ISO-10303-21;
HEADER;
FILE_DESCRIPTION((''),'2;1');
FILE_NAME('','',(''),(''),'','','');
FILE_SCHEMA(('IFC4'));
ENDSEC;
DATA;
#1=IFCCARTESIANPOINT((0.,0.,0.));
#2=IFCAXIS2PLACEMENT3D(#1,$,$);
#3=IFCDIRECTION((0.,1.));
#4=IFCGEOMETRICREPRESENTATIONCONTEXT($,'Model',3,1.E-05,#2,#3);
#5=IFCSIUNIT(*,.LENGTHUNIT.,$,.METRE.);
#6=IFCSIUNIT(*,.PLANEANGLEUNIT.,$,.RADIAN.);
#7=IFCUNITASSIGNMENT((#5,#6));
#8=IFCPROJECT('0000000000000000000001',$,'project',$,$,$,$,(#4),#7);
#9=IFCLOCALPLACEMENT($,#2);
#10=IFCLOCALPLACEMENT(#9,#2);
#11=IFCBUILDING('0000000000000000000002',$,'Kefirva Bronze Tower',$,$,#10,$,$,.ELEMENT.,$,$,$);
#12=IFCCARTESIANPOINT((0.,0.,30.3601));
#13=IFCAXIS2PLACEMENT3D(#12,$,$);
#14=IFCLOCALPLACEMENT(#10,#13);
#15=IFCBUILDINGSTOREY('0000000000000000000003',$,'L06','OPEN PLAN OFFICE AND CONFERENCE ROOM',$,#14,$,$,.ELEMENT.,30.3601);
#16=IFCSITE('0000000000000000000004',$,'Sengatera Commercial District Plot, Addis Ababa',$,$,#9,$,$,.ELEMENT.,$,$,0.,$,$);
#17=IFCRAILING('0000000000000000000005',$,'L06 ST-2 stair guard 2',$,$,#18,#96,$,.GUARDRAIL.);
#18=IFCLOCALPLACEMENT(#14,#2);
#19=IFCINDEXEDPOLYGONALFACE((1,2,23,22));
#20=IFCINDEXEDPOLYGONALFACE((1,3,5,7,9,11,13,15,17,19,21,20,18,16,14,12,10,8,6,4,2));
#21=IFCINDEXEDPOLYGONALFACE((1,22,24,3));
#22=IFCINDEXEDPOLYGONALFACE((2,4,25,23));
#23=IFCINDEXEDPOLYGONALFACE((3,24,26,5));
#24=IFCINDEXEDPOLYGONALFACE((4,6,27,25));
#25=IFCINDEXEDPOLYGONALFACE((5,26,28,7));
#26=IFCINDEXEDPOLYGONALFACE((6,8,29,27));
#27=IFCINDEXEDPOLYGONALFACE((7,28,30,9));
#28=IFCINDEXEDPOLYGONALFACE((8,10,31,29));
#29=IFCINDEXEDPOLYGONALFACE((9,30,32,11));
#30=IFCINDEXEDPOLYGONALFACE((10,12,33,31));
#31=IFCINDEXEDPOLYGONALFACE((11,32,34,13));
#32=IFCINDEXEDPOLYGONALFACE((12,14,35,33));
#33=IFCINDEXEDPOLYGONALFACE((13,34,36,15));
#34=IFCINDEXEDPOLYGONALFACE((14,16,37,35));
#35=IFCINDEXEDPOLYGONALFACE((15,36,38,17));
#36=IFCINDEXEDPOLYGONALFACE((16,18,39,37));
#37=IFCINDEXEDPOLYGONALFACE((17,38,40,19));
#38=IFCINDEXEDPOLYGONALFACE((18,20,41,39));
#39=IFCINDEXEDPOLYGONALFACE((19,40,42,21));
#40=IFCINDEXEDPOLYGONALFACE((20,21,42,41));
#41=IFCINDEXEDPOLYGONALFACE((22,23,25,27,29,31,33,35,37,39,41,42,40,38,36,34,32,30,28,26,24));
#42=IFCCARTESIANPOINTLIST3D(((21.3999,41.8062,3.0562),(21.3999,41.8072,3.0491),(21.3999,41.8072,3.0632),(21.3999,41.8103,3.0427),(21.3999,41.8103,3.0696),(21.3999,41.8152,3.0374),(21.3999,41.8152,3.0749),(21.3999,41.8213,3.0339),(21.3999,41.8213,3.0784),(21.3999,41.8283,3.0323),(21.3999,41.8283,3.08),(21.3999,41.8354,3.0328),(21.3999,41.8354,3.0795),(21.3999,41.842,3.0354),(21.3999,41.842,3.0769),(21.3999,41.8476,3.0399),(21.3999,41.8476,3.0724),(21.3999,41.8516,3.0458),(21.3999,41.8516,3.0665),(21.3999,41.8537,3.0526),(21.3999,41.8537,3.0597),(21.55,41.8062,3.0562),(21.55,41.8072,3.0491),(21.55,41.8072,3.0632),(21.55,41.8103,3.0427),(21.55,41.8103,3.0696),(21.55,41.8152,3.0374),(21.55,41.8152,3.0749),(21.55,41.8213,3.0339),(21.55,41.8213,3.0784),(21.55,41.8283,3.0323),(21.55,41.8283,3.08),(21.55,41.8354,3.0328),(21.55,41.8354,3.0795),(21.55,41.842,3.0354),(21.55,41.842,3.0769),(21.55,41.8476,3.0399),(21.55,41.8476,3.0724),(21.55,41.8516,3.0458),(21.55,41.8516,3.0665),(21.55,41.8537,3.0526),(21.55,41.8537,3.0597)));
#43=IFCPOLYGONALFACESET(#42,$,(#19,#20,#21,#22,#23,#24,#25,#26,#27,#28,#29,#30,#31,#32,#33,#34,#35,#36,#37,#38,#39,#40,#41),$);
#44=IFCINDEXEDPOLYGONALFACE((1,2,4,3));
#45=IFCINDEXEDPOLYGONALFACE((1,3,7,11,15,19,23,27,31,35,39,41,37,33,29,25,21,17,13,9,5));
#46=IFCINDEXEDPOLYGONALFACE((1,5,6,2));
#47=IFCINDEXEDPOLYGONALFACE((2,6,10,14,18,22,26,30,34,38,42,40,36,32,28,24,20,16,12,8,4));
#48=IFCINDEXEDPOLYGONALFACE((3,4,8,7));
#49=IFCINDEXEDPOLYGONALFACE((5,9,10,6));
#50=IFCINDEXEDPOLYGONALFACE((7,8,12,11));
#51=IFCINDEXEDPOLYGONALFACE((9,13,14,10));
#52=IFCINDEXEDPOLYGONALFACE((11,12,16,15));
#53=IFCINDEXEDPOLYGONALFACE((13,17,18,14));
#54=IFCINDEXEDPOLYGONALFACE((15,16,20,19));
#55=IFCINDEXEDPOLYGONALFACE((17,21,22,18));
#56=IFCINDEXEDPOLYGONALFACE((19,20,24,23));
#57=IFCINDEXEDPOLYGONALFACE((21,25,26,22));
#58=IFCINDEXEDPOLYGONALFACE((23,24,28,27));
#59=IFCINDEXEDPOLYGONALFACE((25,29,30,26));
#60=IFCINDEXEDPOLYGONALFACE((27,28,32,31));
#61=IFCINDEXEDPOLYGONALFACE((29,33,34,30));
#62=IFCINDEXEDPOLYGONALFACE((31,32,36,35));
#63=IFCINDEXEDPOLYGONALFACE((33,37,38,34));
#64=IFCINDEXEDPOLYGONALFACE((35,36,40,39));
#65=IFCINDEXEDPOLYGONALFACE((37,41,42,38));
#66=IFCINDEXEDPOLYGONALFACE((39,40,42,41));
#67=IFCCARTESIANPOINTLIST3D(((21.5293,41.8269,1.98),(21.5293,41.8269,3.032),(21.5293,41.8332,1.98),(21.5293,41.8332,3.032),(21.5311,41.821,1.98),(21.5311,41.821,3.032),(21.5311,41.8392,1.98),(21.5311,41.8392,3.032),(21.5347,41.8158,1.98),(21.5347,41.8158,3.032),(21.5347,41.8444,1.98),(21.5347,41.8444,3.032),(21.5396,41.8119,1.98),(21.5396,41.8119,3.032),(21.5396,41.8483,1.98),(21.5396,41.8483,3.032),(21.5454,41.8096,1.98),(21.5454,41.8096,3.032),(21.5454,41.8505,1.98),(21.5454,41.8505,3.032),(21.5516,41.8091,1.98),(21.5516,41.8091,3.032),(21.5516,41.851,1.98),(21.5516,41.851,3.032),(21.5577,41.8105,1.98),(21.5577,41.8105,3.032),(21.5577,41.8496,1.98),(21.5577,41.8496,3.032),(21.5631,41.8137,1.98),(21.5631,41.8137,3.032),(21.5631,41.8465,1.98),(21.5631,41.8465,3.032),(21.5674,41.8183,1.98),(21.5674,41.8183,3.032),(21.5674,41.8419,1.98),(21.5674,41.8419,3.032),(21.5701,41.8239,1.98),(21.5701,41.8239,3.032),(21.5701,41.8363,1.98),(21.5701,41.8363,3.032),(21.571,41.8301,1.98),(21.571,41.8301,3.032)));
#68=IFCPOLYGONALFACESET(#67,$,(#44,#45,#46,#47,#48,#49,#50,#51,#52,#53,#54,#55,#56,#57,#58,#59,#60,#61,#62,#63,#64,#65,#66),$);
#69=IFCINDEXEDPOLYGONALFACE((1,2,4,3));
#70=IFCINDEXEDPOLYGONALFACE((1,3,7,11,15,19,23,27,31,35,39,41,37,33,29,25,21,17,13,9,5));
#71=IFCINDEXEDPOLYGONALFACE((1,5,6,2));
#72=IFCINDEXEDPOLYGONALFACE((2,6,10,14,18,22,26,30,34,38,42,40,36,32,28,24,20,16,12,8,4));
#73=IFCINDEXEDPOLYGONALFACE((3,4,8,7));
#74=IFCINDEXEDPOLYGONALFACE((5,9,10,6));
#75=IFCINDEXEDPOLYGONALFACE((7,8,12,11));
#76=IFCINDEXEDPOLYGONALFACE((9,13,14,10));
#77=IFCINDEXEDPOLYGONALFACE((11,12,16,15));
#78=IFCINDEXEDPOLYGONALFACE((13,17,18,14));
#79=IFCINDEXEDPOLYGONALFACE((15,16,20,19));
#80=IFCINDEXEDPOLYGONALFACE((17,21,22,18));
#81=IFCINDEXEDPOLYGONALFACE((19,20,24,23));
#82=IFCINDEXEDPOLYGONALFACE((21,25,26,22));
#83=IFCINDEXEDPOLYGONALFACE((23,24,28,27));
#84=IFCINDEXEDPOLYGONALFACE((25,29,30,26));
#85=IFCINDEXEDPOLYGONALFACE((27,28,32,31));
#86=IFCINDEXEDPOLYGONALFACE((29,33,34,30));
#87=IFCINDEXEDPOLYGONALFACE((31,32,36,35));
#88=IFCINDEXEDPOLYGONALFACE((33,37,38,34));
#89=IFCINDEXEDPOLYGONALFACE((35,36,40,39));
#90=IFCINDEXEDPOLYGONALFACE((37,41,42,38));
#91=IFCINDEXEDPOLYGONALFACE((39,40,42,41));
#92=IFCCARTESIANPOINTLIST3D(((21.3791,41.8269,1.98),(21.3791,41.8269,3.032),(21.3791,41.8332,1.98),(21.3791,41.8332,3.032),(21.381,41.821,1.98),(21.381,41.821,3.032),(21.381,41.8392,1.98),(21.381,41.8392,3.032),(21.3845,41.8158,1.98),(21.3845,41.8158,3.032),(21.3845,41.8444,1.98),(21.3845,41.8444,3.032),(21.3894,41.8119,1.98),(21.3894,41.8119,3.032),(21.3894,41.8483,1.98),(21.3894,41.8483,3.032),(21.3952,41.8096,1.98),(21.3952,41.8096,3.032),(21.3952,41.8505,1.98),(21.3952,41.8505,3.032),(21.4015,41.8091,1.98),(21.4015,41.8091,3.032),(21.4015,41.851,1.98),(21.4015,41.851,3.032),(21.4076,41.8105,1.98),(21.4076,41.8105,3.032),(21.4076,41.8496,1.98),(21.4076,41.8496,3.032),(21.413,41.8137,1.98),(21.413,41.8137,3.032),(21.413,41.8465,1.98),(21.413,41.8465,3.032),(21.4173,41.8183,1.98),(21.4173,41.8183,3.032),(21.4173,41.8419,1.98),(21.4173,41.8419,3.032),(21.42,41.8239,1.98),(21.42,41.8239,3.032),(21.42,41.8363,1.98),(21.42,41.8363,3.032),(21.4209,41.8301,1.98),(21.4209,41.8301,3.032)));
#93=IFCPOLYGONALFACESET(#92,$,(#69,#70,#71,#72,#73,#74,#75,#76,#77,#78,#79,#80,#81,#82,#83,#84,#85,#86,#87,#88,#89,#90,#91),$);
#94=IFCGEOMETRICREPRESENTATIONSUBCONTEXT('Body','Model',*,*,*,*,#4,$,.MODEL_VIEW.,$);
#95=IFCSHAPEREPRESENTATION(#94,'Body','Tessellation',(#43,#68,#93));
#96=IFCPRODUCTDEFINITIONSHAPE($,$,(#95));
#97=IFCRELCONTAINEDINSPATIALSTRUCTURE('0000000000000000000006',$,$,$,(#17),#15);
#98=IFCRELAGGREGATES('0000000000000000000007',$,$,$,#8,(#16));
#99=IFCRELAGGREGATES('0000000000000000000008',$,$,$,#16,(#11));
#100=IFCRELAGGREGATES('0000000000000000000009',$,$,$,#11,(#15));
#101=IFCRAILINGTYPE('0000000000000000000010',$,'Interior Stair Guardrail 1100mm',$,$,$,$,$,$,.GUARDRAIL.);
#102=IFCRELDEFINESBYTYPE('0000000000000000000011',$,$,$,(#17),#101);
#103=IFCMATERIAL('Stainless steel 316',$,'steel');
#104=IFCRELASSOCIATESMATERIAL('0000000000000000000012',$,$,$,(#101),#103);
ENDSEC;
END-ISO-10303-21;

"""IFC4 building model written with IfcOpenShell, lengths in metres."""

from ifc_helpers import new_model, si_unit, direction, frame, origin, origin_2d, place, context, subcontext, project, spatial, circle, extrude, material, type_object, element, save


model = new_model("IFC4")

# Units and contexts
model_context = context("Model", 3, precision=1e-05, world=origin(), true_north=direction((0.0, 1.0)))
body_context = subcontext(model_context, "Body", "Model", "MODEL_VIEW")
ifc_project = project(units=[si_unit("LENGTHUNIT", "METRE"), si_unit("PLANEANGLEUNIT", "RADIAN")], contexts=[model_context])

# Site, building, storey
site_placement = place(None, origin())
site = spatial("IfcSite", under=ifc_project, at=site_placement, Name="Sengatera Commercial District Plot, Addis Ababa", CompositionType="ELEMENT", RefElevation=0.0)
building_placement = place(site_placement, origin())
building = spatial("IfcBuilding", under=site, at=building_placement, Name="Kefirva Bronze Tower", CompositionType="ELEMENT")
storey_placement = place(building_placement, frame((0.0, 0.0, 30.3601)))
storey = spatial("IfcBuildingStorey", under=building, at=storey_placement, Name="L06", Description="OPEN PLAN OFFICE AND CONFERENCE ROOM", CompositionType="ELEMENT", Elevation=30.3601)

# Railing
ifc_material_1 = material(Name="Stainless steel 316", Category="steel")
railing_type_1 = type_object("IfcRailingType", Name="Interior Stair Guardrail 1100mm", PredefinedType="GUARDRAIL", material=ifc_material_1)
railing_1_placement = place(storey_placement, frame((21.55, 41.8301, 1.98)))
element("IfcRailing", 1, at=railing_1_placement, inside=storey, type_object=railing_type_1, Name="L06 ST-2 stair guard 2", PredefinedType="GUARDRAIL", context=body_context, shape_type="SweptSolid", body=[
    extrude(circle(Radius=0.0239, at=origin_2d()), frame((0.0, 0.0, 1.0762), z_axis=(-1.0, 0.0, 0.0), x_axis=(0.0, -1.0, 0.0)), (0.0, 0.0, 1.0), 0.1501),
    extrude(circle(Radius=0.021, at=origin_2d()), origin(), (0.0, 0.0, 1.0), 1.052),
    extrude(circle(Radius=0.021, at=origin_2d()), frame((-0.1501, 0.0, 0.0)), (0.0, 0.0, 1.0), 1.052),
])

save(model, "model.ifc")
